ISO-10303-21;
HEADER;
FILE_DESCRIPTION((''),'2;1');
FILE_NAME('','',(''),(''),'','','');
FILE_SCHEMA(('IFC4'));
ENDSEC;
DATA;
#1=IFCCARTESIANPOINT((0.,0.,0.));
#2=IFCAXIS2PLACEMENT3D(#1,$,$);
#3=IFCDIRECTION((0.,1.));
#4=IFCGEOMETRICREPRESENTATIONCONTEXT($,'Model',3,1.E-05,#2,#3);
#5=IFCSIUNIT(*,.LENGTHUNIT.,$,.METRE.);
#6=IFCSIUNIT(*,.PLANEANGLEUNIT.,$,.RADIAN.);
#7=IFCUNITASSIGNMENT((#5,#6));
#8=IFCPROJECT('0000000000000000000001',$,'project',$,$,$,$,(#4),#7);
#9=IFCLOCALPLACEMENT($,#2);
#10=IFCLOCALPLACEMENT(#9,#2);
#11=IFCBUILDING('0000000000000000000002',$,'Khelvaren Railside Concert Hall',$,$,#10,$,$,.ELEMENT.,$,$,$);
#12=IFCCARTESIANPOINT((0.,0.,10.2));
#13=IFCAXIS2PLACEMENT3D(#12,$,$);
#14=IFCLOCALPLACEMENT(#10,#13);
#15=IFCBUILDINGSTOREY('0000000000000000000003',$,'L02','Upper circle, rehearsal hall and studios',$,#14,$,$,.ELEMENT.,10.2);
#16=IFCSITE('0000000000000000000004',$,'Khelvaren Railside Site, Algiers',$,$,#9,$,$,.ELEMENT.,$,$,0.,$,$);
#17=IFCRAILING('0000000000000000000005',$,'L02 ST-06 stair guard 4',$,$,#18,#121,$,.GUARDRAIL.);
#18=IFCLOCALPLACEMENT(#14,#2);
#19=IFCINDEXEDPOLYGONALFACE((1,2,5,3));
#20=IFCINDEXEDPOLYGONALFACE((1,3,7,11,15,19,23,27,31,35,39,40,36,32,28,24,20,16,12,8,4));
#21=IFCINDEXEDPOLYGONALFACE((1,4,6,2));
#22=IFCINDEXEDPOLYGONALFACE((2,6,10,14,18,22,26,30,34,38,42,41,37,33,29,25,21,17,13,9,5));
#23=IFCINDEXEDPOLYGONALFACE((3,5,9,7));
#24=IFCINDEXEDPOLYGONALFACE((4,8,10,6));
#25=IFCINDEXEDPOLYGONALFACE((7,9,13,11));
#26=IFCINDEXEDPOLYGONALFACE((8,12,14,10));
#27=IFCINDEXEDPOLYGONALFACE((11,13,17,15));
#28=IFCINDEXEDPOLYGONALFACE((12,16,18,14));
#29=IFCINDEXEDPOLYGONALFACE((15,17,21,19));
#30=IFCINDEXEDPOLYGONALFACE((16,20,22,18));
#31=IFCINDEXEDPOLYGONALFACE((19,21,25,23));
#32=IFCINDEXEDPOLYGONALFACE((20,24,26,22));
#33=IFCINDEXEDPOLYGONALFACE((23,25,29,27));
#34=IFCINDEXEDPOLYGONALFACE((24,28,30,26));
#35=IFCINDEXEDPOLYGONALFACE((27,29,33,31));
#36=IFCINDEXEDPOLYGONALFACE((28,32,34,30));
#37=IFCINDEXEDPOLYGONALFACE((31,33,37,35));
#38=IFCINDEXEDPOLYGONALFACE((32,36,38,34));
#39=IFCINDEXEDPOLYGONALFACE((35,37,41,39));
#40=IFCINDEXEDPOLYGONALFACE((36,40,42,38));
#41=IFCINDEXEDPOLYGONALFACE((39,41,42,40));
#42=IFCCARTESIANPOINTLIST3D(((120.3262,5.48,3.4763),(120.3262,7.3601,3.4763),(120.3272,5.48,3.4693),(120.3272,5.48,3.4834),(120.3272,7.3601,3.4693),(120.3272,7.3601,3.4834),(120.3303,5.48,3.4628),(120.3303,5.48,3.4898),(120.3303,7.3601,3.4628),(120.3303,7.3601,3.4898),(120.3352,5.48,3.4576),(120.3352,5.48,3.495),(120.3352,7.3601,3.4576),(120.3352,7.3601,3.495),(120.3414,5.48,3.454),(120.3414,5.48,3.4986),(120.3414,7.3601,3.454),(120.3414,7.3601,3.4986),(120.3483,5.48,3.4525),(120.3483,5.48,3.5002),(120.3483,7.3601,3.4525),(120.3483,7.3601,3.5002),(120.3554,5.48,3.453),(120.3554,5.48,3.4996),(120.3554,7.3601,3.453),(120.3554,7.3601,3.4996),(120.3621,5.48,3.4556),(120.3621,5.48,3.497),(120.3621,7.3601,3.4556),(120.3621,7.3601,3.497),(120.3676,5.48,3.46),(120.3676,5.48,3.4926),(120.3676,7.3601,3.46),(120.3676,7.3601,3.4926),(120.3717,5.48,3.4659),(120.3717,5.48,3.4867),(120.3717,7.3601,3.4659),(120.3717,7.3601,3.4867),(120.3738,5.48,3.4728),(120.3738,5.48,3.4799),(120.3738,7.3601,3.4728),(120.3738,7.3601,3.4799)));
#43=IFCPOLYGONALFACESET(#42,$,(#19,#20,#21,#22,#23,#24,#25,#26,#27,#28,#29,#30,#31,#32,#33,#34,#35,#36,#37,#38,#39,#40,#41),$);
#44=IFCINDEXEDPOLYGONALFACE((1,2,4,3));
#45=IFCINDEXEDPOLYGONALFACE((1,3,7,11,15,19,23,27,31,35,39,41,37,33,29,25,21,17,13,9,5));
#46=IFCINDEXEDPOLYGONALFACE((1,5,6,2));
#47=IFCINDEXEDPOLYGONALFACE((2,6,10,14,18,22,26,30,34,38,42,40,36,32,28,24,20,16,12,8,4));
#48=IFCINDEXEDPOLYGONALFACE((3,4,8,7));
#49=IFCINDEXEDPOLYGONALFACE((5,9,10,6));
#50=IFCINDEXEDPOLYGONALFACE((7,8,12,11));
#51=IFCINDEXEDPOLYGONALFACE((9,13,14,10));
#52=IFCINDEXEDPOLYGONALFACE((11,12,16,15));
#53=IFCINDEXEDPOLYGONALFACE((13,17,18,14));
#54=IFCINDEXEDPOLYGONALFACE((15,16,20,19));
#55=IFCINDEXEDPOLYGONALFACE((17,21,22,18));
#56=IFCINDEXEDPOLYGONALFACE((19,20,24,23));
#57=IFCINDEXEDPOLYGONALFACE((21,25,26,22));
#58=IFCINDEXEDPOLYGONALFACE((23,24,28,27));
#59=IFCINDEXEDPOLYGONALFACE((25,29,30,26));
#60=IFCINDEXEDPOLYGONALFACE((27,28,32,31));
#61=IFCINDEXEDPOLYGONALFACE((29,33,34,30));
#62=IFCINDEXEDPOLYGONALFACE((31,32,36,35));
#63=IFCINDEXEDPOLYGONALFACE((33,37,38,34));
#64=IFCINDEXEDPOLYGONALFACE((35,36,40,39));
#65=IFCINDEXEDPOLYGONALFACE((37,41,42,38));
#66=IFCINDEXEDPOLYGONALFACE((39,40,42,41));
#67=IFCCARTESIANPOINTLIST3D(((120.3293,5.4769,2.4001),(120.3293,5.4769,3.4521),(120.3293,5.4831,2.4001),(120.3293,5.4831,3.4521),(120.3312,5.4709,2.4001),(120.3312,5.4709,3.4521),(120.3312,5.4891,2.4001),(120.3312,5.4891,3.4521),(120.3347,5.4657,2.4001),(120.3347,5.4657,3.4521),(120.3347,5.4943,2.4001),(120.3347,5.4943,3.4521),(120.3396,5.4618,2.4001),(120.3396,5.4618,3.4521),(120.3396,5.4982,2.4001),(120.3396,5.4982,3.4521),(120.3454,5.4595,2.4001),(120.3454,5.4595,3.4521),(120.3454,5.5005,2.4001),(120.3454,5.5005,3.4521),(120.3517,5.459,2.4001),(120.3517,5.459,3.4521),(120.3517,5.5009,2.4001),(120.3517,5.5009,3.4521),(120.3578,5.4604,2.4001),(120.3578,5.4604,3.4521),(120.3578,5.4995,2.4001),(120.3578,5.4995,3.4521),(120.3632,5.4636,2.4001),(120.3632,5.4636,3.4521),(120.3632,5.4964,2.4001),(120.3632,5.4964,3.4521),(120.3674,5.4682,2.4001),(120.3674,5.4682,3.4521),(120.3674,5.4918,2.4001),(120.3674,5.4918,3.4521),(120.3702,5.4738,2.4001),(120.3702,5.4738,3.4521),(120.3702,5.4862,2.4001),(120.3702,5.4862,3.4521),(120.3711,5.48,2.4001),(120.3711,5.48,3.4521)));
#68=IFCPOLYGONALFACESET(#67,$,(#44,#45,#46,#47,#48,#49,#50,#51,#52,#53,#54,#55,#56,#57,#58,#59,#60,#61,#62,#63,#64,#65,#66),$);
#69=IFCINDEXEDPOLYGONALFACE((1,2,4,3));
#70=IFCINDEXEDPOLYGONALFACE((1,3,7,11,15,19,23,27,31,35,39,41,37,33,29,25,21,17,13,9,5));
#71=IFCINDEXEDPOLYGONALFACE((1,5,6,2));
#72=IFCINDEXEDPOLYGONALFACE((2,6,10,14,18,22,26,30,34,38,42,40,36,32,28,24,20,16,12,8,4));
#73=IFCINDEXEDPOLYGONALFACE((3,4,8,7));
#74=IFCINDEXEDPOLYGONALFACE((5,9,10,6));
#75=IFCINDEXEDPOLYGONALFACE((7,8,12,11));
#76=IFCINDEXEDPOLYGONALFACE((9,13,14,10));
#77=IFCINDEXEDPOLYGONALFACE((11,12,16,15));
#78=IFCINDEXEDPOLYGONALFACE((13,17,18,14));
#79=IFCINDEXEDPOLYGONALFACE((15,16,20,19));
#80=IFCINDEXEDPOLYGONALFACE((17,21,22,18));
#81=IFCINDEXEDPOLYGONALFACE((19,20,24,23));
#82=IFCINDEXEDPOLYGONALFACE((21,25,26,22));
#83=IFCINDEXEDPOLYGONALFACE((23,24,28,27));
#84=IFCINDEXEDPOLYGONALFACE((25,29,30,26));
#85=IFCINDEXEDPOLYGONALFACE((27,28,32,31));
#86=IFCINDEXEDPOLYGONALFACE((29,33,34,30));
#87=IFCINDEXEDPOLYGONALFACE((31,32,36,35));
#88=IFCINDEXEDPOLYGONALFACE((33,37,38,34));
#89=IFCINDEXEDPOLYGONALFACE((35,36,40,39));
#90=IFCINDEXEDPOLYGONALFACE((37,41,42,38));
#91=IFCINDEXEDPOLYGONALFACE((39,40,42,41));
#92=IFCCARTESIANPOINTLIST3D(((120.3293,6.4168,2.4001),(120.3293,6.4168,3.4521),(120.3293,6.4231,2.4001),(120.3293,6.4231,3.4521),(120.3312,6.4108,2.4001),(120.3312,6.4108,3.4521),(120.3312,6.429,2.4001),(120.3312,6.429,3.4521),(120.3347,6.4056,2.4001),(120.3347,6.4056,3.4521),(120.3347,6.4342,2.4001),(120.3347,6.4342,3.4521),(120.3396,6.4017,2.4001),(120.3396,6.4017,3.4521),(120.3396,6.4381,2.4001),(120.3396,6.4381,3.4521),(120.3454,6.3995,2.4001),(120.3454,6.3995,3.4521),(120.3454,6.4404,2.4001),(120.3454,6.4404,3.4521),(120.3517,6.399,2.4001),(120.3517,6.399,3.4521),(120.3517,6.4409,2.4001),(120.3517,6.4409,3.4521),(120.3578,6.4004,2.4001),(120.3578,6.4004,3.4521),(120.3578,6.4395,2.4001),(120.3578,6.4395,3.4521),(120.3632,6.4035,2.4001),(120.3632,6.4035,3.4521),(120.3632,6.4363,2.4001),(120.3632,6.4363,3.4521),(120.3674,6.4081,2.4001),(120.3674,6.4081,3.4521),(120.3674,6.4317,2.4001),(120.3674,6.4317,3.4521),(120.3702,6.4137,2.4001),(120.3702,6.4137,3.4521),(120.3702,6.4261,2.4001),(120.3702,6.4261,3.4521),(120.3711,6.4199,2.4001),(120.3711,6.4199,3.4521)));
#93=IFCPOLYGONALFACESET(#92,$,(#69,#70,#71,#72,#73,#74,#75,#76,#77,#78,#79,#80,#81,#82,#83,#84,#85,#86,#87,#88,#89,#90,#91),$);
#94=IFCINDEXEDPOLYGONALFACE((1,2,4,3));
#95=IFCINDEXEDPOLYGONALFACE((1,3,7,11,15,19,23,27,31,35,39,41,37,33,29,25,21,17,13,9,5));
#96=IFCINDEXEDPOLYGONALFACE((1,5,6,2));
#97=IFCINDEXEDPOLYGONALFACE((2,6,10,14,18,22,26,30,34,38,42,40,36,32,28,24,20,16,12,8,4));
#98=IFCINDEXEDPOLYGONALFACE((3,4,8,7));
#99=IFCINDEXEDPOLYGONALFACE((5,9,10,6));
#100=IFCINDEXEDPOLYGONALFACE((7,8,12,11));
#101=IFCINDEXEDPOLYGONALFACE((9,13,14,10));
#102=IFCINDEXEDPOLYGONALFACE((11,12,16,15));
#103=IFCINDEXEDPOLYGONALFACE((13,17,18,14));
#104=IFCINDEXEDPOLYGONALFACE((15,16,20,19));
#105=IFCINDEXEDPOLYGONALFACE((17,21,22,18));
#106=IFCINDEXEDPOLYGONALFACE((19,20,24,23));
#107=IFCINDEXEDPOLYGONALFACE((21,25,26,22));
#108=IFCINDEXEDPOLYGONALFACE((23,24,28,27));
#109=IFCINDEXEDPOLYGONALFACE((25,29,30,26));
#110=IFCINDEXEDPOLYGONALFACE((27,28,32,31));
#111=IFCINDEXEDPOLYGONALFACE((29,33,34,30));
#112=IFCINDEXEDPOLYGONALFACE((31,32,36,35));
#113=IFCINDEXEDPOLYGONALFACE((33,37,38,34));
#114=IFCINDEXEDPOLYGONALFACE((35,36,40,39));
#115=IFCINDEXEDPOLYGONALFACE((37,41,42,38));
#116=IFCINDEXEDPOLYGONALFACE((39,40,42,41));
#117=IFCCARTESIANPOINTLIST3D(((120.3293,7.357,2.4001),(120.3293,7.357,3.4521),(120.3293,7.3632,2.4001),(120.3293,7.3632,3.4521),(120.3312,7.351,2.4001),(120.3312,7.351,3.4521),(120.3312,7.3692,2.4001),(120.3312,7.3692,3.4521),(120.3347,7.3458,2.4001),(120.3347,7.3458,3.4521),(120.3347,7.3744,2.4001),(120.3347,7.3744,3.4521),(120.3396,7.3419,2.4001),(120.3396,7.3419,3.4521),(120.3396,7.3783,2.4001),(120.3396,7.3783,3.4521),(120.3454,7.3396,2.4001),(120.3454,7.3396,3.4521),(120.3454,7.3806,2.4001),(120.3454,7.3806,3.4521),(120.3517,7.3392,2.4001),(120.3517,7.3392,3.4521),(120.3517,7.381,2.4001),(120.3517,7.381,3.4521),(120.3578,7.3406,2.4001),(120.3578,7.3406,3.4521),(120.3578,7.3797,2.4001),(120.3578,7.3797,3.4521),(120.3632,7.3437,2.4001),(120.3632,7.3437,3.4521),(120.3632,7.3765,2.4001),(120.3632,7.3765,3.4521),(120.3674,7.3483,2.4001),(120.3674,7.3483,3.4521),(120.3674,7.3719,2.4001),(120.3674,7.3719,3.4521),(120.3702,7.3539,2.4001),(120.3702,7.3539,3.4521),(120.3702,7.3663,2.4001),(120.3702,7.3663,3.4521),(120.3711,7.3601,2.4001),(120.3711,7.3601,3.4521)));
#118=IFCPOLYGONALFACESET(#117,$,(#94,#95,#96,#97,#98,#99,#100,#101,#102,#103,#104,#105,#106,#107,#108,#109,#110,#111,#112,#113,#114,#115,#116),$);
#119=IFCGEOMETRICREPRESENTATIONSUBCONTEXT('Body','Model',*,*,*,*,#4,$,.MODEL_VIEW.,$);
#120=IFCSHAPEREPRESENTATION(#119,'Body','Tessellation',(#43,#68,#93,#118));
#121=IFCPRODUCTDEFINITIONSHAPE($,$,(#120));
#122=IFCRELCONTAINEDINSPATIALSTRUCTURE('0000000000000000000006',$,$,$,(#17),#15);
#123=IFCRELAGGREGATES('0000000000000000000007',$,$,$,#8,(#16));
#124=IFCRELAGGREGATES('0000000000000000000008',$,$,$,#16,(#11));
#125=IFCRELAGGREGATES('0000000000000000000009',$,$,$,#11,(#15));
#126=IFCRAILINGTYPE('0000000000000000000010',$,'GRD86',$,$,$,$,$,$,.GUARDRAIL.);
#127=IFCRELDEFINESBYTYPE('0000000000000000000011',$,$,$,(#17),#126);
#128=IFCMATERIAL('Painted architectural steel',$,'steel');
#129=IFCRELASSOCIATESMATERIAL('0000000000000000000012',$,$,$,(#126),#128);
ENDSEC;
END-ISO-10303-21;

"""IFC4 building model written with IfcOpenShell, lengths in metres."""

from ifc_helpers import new_model, si_unit, direction, frame, origin, origin_2d, place, context, subcontext, project, spatial, circle, extrude, material, type_object, element, save


model = new_model("IFC4")

# Units and contexts
model_context = context("Model", 3, precision=1e-05, world=origin(), true_north=direction((0.0, 1.0)))
body_context = subcontext(model_context, "Body", "Model", "MODEL_VIEW")
ifc_project = project(units=[si_unit("LENGTHUNIT", "METRE"), si_unit("PLANEANGLEUNIT", "RADIAN")], contexts=[model_context])

# Site, building, storey
site_placement = place(None, origin())
site = spatial("IfcSite", under=ifc_project, at=site_placement, Name="Khelvaren Railside Site, Algiers", CompositionType="ELEMENT", RefElevation=0.0)
building_placement = place(site_placement, origin())
building = spatial("IfcBuilding", under=site, at=building_placement, Name="Khelvaren Railside Concert Hall", CompositionType="ELEMENT")
storey_placement = place(building_placement, frame((0.0, 0.0, 10.2)))
storey = spatial("IfcBuildingStorey", under=building, at=storey_placement, Name="L02", Description="Upper circle, rehearsal hall and studios", CompositionType="ELEMENT", Elevation=10.2)

# Railing
ifc_material_1 = material(Name="Painted architectural steel", Category="steel")
railing_type_1 = type_object("IfcRailingType", Name="GRD86", PredefinedType="GUARDRAIL", material=ifc_material_1)
for number, where, name in (
    (1, (120.3501, 5.48, 2.4001), "L02 ST-06 stair guard 4"),
):
    element("IfcRailing", number, at=place(storey_placement, frame(where)), inside=storey, type_object=railing_type_1, Name=name, PredefinedType="GUARDRAIL", context=body_context, shape_type="SweptSolid", body=[
        extrude(circle(Radius=0.0239, at=origin_2d()), frame((0.0, 0.0, 1.0762), z_axis=(0.0, 1.0, 0.0), x_axis=(-1.0, 0.0, 0.0)), (0.0, 0.0, 1.0), 1.8801),
        extrude(circle(Radius=0.021, at=origin_2d()), origin(), (0.0, 0.0, 1.0), 1.052),
        extrude(circle(Radius=0.021, at=origin_2d()), frame((0.0, 0.9399, 0.0)), (0.0, 0.0, 1.0), 1.052),
        extrude(circle(Radius=0.021, at=origin_2d()), frame((0.0, 1.8801, 0.0)), (0.0, 0.0, 1.0), 1.052),
    ])

save(model, "model.ifc")
